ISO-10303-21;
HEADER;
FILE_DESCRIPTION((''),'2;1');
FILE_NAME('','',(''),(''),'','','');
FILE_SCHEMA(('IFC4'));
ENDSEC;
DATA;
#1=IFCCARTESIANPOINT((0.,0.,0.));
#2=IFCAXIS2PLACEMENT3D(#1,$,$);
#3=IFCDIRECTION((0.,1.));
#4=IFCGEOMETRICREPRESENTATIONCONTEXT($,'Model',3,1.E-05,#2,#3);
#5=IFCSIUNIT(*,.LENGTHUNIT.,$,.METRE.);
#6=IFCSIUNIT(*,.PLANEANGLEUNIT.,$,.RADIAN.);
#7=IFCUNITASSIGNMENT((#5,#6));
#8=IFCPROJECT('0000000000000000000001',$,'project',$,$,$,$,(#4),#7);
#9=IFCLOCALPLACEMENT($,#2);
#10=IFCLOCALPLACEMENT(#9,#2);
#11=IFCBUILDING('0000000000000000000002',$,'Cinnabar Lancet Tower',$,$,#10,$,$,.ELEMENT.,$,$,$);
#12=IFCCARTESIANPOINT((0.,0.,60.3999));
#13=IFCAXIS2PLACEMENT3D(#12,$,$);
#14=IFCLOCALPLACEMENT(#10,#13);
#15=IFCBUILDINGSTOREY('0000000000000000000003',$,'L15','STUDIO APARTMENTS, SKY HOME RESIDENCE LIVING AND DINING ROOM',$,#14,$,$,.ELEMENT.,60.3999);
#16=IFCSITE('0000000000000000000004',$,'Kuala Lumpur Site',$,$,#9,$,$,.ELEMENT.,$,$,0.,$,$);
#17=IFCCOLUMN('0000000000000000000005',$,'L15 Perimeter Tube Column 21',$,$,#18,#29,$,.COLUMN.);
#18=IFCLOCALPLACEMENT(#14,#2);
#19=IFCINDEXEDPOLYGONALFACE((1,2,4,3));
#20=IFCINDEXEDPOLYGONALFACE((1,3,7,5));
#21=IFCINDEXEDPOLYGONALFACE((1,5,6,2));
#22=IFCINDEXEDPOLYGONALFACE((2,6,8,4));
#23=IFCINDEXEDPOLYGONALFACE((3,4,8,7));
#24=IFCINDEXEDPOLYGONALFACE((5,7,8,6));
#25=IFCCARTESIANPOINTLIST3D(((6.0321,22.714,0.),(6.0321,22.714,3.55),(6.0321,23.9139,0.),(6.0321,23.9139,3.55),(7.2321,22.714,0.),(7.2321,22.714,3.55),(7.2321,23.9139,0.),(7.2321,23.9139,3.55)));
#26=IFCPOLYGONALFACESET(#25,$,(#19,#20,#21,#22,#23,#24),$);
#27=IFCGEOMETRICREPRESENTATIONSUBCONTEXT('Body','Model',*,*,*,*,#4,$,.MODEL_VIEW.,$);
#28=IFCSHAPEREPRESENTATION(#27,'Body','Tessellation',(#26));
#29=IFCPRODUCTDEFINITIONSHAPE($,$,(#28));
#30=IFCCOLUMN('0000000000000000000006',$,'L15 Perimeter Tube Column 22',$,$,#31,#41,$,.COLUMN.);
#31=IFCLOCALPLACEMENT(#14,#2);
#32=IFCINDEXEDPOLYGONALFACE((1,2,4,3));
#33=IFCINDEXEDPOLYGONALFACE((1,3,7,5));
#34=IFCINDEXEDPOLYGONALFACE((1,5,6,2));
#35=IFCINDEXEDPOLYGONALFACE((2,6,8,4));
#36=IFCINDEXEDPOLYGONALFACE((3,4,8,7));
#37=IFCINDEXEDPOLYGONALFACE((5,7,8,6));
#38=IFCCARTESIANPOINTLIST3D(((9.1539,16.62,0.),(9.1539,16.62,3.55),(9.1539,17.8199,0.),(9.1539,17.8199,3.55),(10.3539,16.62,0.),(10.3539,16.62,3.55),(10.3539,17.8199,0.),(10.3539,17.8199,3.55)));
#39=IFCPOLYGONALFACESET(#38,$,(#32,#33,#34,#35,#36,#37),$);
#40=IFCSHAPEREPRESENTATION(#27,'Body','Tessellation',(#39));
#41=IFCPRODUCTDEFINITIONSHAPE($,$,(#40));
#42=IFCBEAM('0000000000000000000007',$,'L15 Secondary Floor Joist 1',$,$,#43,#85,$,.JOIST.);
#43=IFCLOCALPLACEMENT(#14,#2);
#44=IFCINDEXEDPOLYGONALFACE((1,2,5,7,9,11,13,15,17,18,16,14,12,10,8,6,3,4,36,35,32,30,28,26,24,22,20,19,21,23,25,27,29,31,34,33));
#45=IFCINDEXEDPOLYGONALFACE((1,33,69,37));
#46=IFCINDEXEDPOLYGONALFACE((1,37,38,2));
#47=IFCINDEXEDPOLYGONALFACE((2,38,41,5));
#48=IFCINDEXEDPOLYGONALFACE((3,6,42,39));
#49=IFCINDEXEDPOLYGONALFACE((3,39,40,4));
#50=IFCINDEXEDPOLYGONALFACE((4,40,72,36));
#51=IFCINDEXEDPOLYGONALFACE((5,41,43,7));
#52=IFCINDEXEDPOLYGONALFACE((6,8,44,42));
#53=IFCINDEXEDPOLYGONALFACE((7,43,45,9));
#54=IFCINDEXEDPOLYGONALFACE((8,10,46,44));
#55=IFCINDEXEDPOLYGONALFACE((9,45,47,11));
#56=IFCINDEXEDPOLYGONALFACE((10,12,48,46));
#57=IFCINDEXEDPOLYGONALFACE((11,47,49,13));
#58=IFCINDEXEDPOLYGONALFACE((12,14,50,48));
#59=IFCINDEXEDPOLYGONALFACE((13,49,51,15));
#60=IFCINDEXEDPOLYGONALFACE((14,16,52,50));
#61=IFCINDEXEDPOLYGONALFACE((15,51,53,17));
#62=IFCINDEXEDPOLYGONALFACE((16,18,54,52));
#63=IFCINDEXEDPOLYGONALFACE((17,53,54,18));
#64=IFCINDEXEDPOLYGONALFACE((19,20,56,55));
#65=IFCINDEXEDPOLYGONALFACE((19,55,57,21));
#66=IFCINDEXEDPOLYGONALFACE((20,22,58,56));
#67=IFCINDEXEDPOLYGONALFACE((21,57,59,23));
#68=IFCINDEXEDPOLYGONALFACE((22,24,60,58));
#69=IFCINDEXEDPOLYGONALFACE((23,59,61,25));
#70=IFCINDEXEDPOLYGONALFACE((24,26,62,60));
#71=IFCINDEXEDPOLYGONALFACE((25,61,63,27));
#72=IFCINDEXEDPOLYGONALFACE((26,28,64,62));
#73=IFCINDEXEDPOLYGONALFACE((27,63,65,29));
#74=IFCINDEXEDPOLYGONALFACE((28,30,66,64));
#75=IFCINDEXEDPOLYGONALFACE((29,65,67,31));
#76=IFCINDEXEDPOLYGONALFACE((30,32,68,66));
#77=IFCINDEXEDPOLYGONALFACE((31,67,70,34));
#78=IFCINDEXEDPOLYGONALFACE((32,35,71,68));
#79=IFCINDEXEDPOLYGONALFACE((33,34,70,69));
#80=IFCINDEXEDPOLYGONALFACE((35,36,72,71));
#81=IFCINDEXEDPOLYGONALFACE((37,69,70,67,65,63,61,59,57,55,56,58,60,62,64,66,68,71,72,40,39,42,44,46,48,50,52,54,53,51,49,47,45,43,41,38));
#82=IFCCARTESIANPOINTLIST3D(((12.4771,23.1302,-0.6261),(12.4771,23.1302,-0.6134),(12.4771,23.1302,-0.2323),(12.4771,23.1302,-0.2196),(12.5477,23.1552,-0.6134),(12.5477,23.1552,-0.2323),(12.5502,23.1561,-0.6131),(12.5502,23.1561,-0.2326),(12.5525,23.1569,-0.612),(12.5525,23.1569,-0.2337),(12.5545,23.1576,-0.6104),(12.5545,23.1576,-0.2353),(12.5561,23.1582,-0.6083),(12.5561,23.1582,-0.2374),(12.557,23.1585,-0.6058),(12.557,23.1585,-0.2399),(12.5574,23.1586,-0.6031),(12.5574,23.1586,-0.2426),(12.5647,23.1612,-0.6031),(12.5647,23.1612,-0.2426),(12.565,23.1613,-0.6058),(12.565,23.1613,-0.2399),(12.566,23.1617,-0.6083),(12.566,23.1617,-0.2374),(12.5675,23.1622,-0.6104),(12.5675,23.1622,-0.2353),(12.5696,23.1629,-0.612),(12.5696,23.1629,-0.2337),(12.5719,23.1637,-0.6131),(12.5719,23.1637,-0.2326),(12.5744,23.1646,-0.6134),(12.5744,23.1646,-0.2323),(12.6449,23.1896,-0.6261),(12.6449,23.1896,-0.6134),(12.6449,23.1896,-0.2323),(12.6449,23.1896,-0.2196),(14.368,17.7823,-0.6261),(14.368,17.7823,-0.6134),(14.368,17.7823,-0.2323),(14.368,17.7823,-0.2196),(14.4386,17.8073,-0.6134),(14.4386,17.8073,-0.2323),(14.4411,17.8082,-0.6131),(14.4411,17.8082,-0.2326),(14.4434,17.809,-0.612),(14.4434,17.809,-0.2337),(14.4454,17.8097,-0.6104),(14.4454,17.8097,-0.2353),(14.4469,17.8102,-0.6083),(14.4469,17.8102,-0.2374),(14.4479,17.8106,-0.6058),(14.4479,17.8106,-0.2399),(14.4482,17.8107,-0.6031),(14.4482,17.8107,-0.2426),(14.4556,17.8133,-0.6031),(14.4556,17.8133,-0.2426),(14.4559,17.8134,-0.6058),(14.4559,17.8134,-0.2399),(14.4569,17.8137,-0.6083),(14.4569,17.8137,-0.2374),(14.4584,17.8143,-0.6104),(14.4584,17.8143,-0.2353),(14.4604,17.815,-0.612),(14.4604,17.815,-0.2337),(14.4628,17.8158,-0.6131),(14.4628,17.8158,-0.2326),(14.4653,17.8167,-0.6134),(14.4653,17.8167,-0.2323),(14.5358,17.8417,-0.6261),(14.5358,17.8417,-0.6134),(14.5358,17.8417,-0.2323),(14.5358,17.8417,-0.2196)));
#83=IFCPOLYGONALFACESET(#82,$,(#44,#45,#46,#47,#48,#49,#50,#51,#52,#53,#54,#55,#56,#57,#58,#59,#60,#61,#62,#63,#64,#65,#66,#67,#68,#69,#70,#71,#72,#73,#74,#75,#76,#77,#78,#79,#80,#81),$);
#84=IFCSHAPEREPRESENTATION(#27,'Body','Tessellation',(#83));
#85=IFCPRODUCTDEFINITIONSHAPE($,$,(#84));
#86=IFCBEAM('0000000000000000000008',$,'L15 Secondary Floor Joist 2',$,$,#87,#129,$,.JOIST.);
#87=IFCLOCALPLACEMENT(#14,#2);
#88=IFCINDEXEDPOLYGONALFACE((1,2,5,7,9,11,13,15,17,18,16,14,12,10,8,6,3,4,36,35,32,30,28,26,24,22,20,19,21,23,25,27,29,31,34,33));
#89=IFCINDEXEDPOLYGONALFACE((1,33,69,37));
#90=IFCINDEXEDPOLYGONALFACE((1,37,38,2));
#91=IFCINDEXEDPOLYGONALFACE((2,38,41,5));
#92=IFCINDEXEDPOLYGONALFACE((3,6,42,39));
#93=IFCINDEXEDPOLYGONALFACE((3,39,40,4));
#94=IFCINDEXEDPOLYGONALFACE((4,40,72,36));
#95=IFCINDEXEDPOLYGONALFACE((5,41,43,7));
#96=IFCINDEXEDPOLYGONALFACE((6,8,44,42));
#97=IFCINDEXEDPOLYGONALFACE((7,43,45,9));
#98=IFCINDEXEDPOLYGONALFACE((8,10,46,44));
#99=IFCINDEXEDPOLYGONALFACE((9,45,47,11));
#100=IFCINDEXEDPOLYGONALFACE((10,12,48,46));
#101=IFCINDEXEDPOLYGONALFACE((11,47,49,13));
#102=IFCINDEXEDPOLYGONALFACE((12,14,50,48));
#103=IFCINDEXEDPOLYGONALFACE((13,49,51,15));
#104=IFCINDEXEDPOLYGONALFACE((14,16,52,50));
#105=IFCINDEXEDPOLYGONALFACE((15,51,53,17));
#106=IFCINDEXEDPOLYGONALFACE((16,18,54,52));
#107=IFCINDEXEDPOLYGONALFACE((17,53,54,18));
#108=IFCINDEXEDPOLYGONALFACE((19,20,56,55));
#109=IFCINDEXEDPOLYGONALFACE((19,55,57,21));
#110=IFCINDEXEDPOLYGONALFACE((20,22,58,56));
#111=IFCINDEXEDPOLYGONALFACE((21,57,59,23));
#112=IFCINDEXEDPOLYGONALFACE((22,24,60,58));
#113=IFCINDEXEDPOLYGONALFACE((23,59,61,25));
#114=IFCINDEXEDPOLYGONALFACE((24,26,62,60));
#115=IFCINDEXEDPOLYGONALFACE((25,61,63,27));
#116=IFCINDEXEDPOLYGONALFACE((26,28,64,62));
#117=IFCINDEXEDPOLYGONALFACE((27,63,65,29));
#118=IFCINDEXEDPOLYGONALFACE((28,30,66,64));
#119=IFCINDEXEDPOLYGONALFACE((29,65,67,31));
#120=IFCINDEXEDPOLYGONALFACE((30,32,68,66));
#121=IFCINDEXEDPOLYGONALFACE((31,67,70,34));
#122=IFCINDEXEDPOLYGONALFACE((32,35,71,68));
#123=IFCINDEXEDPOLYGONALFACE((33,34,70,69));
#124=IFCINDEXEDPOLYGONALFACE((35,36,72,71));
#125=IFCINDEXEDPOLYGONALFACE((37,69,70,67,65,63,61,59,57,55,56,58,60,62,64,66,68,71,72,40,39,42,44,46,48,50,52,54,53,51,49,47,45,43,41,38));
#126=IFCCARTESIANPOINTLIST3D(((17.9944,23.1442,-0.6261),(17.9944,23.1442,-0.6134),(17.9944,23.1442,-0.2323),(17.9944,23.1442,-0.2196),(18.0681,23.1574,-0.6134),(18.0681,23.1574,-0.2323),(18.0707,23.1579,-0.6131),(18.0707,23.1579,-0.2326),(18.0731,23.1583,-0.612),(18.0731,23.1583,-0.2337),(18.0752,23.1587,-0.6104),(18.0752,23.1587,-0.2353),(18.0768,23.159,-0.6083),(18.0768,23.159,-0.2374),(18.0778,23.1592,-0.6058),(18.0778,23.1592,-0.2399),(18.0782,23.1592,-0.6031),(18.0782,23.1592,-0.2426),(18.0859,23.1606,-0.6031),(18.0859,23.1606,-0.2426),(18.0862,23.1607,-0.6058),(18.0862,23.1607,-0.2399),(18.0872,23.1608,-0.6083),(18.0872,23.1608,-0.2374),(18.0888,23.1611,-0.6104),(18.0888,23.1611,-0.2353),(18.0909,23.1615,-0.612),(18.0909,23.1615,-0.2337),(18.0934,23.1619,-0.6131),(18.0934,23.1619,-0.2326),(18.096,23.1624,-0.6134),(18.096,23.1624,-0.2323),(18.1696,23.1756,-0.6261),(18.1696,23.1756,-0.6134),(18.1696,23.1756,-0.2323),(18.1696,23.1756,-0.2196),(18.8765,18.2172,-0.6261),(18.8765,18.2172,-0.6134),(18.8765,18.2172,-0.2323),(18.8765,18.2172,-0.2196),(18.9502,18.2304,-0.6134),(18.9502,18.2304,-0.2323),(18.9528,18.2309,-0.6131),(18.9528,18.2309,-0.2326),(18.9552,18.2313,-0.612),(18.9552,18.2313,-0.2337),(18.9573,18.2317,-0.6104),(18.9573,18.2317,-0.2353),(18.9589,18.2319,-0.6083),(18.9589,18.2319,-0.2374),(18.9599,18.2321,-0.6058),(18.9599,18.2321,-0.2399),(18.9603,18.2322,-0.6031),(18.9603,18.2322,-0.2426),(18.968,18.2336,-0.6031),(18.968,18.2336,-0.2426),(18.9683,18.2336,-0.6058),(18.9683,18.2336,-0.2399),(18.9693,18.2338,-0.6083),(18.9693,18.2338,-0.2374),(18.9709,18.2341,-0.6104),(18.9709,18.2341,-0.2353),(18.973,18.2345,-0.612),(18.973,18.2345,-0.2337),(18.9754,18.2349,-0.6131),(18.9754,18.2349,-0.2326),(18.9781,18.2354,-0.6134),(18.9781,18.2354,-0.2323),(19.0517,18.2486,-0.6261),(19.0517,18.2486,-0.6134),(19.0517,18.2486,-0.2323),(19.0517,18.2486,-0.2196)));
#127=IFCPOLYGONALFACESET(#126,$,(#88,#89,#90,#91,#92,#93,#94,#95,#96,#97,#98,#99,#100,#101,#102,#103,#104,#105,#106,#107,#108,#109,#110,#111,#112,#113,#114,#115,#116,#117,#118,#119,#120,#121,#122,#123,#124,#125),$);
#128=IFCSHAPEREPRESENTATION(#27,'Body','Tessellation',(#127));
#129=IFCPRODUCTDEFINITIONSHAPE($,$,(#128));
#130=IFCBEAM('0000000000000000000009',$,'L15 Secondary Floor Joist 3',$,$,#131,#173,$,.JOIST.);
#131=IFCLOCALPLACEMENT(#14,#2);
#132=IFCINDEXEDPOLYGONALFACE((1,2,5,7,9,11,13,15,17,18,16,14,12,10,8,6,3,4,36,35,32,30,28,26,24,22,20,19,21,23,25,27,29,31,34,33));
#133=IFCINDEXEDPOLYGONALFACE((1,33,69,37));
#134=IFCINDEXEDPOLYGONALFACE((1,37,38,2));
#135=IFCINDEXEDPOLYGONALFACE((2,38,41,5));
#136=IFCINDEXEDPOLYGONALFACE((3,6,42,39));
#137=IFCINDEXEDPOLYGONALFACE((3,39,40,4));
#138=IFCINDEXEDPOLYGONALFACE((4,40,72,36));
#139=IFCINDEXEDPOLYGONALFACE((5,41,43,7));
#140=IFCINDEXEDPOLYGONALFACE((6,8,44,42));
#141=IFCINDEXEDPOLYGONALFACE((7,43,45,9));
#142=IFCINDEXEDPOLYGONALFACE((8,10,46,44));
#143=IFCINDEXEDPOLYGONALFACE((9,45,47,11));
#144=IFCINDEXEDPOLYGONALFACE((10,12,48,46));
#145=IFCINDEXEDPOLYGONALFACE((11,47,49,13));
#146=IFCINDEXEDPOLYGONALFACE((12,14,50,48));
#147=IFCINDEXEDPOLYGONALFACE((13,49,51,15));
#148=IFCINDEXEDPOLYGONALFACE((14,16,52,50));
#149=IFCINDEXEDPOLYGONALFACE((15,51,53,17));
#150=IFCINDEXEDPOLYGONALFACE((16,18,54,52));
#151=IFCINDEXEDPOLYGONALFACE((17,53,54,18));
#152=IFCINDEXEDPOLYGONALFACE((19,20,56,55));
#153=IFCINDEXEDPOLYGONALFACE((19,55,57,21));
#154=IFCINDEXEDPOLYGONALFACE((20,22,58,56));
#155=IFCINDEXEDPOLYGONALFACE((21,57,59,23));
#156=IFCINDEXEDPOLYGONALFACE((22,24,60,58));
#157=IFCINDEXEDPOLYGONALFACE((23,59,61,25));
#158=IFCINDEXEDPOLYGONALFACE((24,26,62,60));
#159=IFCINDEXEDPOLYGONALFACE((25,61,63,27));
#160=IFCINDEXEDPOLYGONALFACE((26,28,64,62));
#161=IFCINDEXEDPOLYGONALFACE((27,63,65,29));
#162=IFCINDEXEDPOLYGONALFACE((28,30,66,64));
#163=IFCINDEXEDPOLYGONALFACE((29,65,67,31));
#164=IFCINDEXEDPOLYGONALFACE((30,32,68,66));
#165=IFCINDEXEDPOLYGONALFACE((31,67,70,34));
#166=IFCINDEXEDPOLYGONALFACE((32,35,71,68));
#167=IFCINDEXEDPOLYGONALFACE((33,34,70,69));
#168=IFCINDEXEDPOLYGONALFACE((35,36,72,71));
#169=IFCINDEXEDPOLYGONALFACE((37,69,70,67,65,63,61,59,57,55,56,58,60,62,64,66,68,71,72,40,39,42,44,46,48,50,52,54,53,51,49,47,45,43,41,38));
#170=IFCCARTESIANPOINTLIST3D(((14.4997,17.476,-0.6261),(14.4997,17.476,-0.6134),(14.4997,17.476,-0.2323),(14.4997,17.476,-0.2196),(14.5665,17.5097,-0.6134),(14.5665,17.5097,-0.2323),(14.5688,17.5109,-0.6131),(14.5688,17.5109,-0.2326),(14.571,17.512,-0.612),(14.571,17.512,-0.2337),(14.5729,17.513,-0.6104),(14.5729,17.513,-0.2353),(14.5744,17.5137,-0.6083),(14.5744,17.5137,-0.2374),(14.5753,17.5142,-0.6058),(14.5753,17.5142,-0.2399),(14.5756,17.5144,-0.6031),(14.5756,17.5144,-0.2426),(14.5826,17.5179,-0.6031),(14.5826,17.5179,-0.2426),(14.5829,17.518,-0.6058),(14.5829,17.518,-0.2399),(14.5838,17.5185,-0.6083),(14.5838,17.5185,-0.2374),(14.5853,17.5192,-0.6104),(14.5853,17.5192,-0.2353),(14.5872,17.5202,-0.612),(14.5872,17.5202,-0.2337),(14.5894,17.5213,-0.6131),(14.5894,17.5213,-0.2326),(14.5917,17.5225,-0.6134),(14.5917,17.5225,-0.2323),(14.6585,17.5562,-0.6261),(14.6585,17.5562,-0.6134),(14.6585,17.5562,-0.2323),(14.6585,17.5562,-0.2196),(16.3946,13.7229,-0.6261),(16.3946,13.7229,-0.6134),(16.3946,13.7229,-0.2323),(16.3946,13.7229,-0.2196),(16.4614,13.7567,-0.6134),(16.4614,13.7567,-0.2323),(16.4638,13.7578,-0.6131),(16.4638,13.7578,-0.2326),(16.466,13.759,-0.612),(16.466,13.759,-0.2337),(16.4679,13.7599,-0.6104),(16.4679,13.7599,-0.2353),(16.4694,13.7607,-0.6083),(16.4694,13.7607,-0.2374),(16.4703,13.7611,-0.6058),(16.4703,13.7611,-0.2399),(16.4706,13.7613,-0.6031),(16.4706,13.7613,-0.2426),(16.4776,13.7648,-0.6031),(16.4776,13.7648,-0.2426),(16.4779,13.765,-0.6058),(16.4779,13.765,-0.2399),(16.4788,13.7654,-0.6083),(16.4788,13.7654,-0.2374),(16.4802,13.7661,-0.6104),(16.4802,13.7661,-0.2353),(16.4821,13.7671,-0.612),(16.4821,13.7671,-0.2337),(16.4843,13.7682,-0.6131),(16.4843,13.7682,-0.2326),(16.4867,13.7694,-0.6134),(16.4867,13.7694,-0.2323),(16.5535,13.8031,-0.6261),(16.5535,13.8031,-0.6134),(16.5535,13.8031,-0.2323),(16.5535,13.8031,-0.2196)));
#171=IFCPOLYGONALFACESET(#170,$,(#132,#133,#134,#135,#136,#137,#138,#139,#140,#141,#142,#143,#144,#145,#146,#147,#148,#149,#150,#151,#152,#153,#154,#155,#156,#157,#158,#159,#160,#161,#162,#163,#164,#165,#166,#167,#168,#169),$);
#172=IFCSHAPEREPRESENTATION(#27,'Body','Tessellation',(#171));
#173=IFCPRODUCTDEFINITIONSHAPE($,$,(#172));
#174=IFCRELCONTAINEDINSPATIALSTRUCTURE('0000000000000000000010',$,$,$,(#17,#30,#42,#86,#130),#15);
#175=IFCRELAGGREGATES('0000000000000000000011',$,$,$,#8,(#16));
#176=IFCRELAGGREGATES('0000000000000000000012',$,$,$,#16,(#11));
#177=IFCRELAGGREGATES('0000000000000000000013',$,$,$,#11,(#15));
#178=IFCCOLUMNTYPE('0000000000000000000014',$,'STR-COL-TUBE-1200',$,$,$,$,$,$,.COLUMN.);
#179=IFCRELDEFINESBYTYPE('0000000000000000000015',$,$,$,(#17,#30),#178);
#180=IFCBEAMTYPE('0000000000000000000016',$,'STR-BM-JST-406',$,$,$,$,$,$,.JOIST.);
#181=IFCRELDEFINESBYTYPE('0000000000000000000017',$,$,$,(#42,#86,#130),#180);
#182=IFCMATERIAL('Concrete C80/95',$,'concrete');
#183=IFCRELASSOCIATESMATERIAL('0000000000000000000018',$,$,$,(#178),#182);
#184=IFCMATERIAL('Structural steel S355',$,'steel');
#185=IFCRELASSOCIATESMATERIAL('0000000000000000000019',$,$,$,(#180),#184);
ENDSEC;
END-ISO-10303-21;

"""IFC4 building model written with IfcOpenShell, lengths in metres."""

from ifc_helpers import new_model, si_unit, direction, frame, origin, origin_2d, place, context, subcontext, project, spatial, rectangle, i_section, extrude, material, material_profile, profile_set, type_object, element, save


model = new_model("IFC4")

# Units and contexts
model_context = context("Model", 3, precision=1e-05, world=origin(), true_north=direction((0.0, 1.0)))
body_context = subcontext(model_context, "Body", "Model", "MODEL_VIEW")
ifc_project = project(units=[si_unit("LENGTHUNIT", "METRE"), si_unit("PLANEANGLEUNIT", "RADIAN")], contexts=[model_context])

# Site, building, storey
site_placement = place(None, origin())
site = spatial("IfcSite", under=ifc_project, at=site_placement, Name="Kuala Lumpur Site", CompositionType="ELEMENT", RefElevation=0.0)
building_placement = place(site_placement, origin())
building = spatial("IfcBuilding", under=site, at=building_placement, Name="Cinnabar Lancet Tower", CompositionType="ELEMENT")
storey_placement = place(building_placement, frame((0.0, 0.0, 60.3999)))
storey = spatial("IfcBuildingStorey", under=building, at=storey_placement, Name="L15", Description="STUDIO APARTMENTS, SKY HOME RESIDENCE LIVING AND DINING ROOM", CompositionType="ELEMENT", Elevation=60.3999)

# Columns
ifc_material_1 = material(Name="Concrete C80/95", Category="concrete")
ifc_material_profile_1 = material_profile(ifc_material_1, rectangle(XDim=1.2, YDim=1.2, at=origin_2d()), Name="RC-COL 1200x1200")
ifc_profile_set_1 = profile_set([ifc_material_profile_1], Name="Concrete C80/95")
column_type = type_object("IfcColumnType", Name="STR-COL-TUBE-1200", PredefinedType="COLUMN", material=ifc_profile_set_1)
for number, where, z_axis, x_axis, name in (
    (1, (6.6321, 23.314, 0.0), (0.0, 0.0, 1.0), (1.0, 0.0, 0.0), "L15 Perimeter Tube Column 21"),
    (2, (9.7539, 17.22, 0.0), (0.0, 0.0, 1.0), (1.0, 0.0, 0.0), "L15 Perimeter Tube Column 22"),
):
    element("IfcColumn", number, at=place(storey_placement, frame(where, z_axis=z_axis, x_axis=x_axis)), inside=storey, type_object=column_type, Name=name, PredefinedType="COLUMN", context=body_context, shape_type="SweptSolid", body=[
        extrude(rectangle(XDim=1.2, YDim=1.2, at=origin_2d()), origin(), (0.0, 0.0, 1.0), 3.55),
    ])

# Beams
ifc_material_2 = material(Name="Structural steel S355", Category="steel")
ifc_material_profile_2 = material_profile(ifc_material_2, i_section(OverallWidth=0.178, OverallDepth=0.4065, WebThickness=0.0078, FlangeThickness=0.0127, FilletRadius=0.0103, at=origin_2d()), Name="UKB 406x178x60")
ifc_profile_set_2 = profile_set([ifc_material_profile_2], Name="Structural steel S355")
beam_type_1 = type_object("IfcBeamType", Name="STR-BM-JST-406", PredefinedType="JOIST", material=ifc_profile_set_2)
beam_1_placement = place(storey_placement, frame((12.561, 23.1599, -0.4229), z_axis=(0.333349, -0.942803, 0.0), x_axis=(0.942803, 0.333349, 0.0)))
element("IfcBeam", 3, at=beam_1_placement, inside=storey, type_object=beam_type_1, Name="L15 Secondary Floor Joist 1", PredefinedType="JOIST", context=body_context, shape_type="SweptSolid", body=[
    extrude(i_section(OverallWidth=0.178, OverallDepth=0.4065, WebThickness=0.0078, FlangeThickness=0.0127, FilletRadius=0.0103, at=origin_2d()), origin(), (0.0, 0.0, 1.0), 5.6724),
])
beam_2_placement = place(storey_placement, frame((18.082, 23.1599, -0.4229), z_axis=(0.176228, -0.984349, 0.0), x_axis=(0.984349, 0.176228, 0.0)))
element("IfcBeam", 4, at=beam_2_placement, inside=storey, type_object=beam_type_1, Name="L15 Secondary Floor Joist 2", PredefinedType="JOIST", context=body_context, shape_type="SweptSolid", body=[
    extrude(i_section(OverallWidth=0.178, OverallDepth=0.4065, WebThickness=0.0078, FlangeThickness=0.0127, FilletRadius=0.0103, at=origin_2d()), origin(), (0.0, 0.0, 1.0), 5.0054),
])
beam_3_placement = place(storey_placement, frame((14.5791, 17.5161, -0.4229), z_axis=(0.450717, -0.892667, 0.0), x_axis=(0.892667, 0.450717, 0.0)))
element("IfcBeam", 5, at=beam_3_placement, inside=storey, type_object=beam_type_1, Name="L15 Secondary Floor Joist 3", PredefinedType="JOIST", context=body_context, shape_type="SweptSolid", body=[
    extrude(i_section(OverallWidth=0.178, OverallDepth=0.4065, WebThickness=0.0078, FlangeThickness=0.0127, FilletRadius=0.0103, at=origin_2d()), origin(), (0.0, 0.0, 1.0), 4.2043),
])

save(model, "model.ifc")
